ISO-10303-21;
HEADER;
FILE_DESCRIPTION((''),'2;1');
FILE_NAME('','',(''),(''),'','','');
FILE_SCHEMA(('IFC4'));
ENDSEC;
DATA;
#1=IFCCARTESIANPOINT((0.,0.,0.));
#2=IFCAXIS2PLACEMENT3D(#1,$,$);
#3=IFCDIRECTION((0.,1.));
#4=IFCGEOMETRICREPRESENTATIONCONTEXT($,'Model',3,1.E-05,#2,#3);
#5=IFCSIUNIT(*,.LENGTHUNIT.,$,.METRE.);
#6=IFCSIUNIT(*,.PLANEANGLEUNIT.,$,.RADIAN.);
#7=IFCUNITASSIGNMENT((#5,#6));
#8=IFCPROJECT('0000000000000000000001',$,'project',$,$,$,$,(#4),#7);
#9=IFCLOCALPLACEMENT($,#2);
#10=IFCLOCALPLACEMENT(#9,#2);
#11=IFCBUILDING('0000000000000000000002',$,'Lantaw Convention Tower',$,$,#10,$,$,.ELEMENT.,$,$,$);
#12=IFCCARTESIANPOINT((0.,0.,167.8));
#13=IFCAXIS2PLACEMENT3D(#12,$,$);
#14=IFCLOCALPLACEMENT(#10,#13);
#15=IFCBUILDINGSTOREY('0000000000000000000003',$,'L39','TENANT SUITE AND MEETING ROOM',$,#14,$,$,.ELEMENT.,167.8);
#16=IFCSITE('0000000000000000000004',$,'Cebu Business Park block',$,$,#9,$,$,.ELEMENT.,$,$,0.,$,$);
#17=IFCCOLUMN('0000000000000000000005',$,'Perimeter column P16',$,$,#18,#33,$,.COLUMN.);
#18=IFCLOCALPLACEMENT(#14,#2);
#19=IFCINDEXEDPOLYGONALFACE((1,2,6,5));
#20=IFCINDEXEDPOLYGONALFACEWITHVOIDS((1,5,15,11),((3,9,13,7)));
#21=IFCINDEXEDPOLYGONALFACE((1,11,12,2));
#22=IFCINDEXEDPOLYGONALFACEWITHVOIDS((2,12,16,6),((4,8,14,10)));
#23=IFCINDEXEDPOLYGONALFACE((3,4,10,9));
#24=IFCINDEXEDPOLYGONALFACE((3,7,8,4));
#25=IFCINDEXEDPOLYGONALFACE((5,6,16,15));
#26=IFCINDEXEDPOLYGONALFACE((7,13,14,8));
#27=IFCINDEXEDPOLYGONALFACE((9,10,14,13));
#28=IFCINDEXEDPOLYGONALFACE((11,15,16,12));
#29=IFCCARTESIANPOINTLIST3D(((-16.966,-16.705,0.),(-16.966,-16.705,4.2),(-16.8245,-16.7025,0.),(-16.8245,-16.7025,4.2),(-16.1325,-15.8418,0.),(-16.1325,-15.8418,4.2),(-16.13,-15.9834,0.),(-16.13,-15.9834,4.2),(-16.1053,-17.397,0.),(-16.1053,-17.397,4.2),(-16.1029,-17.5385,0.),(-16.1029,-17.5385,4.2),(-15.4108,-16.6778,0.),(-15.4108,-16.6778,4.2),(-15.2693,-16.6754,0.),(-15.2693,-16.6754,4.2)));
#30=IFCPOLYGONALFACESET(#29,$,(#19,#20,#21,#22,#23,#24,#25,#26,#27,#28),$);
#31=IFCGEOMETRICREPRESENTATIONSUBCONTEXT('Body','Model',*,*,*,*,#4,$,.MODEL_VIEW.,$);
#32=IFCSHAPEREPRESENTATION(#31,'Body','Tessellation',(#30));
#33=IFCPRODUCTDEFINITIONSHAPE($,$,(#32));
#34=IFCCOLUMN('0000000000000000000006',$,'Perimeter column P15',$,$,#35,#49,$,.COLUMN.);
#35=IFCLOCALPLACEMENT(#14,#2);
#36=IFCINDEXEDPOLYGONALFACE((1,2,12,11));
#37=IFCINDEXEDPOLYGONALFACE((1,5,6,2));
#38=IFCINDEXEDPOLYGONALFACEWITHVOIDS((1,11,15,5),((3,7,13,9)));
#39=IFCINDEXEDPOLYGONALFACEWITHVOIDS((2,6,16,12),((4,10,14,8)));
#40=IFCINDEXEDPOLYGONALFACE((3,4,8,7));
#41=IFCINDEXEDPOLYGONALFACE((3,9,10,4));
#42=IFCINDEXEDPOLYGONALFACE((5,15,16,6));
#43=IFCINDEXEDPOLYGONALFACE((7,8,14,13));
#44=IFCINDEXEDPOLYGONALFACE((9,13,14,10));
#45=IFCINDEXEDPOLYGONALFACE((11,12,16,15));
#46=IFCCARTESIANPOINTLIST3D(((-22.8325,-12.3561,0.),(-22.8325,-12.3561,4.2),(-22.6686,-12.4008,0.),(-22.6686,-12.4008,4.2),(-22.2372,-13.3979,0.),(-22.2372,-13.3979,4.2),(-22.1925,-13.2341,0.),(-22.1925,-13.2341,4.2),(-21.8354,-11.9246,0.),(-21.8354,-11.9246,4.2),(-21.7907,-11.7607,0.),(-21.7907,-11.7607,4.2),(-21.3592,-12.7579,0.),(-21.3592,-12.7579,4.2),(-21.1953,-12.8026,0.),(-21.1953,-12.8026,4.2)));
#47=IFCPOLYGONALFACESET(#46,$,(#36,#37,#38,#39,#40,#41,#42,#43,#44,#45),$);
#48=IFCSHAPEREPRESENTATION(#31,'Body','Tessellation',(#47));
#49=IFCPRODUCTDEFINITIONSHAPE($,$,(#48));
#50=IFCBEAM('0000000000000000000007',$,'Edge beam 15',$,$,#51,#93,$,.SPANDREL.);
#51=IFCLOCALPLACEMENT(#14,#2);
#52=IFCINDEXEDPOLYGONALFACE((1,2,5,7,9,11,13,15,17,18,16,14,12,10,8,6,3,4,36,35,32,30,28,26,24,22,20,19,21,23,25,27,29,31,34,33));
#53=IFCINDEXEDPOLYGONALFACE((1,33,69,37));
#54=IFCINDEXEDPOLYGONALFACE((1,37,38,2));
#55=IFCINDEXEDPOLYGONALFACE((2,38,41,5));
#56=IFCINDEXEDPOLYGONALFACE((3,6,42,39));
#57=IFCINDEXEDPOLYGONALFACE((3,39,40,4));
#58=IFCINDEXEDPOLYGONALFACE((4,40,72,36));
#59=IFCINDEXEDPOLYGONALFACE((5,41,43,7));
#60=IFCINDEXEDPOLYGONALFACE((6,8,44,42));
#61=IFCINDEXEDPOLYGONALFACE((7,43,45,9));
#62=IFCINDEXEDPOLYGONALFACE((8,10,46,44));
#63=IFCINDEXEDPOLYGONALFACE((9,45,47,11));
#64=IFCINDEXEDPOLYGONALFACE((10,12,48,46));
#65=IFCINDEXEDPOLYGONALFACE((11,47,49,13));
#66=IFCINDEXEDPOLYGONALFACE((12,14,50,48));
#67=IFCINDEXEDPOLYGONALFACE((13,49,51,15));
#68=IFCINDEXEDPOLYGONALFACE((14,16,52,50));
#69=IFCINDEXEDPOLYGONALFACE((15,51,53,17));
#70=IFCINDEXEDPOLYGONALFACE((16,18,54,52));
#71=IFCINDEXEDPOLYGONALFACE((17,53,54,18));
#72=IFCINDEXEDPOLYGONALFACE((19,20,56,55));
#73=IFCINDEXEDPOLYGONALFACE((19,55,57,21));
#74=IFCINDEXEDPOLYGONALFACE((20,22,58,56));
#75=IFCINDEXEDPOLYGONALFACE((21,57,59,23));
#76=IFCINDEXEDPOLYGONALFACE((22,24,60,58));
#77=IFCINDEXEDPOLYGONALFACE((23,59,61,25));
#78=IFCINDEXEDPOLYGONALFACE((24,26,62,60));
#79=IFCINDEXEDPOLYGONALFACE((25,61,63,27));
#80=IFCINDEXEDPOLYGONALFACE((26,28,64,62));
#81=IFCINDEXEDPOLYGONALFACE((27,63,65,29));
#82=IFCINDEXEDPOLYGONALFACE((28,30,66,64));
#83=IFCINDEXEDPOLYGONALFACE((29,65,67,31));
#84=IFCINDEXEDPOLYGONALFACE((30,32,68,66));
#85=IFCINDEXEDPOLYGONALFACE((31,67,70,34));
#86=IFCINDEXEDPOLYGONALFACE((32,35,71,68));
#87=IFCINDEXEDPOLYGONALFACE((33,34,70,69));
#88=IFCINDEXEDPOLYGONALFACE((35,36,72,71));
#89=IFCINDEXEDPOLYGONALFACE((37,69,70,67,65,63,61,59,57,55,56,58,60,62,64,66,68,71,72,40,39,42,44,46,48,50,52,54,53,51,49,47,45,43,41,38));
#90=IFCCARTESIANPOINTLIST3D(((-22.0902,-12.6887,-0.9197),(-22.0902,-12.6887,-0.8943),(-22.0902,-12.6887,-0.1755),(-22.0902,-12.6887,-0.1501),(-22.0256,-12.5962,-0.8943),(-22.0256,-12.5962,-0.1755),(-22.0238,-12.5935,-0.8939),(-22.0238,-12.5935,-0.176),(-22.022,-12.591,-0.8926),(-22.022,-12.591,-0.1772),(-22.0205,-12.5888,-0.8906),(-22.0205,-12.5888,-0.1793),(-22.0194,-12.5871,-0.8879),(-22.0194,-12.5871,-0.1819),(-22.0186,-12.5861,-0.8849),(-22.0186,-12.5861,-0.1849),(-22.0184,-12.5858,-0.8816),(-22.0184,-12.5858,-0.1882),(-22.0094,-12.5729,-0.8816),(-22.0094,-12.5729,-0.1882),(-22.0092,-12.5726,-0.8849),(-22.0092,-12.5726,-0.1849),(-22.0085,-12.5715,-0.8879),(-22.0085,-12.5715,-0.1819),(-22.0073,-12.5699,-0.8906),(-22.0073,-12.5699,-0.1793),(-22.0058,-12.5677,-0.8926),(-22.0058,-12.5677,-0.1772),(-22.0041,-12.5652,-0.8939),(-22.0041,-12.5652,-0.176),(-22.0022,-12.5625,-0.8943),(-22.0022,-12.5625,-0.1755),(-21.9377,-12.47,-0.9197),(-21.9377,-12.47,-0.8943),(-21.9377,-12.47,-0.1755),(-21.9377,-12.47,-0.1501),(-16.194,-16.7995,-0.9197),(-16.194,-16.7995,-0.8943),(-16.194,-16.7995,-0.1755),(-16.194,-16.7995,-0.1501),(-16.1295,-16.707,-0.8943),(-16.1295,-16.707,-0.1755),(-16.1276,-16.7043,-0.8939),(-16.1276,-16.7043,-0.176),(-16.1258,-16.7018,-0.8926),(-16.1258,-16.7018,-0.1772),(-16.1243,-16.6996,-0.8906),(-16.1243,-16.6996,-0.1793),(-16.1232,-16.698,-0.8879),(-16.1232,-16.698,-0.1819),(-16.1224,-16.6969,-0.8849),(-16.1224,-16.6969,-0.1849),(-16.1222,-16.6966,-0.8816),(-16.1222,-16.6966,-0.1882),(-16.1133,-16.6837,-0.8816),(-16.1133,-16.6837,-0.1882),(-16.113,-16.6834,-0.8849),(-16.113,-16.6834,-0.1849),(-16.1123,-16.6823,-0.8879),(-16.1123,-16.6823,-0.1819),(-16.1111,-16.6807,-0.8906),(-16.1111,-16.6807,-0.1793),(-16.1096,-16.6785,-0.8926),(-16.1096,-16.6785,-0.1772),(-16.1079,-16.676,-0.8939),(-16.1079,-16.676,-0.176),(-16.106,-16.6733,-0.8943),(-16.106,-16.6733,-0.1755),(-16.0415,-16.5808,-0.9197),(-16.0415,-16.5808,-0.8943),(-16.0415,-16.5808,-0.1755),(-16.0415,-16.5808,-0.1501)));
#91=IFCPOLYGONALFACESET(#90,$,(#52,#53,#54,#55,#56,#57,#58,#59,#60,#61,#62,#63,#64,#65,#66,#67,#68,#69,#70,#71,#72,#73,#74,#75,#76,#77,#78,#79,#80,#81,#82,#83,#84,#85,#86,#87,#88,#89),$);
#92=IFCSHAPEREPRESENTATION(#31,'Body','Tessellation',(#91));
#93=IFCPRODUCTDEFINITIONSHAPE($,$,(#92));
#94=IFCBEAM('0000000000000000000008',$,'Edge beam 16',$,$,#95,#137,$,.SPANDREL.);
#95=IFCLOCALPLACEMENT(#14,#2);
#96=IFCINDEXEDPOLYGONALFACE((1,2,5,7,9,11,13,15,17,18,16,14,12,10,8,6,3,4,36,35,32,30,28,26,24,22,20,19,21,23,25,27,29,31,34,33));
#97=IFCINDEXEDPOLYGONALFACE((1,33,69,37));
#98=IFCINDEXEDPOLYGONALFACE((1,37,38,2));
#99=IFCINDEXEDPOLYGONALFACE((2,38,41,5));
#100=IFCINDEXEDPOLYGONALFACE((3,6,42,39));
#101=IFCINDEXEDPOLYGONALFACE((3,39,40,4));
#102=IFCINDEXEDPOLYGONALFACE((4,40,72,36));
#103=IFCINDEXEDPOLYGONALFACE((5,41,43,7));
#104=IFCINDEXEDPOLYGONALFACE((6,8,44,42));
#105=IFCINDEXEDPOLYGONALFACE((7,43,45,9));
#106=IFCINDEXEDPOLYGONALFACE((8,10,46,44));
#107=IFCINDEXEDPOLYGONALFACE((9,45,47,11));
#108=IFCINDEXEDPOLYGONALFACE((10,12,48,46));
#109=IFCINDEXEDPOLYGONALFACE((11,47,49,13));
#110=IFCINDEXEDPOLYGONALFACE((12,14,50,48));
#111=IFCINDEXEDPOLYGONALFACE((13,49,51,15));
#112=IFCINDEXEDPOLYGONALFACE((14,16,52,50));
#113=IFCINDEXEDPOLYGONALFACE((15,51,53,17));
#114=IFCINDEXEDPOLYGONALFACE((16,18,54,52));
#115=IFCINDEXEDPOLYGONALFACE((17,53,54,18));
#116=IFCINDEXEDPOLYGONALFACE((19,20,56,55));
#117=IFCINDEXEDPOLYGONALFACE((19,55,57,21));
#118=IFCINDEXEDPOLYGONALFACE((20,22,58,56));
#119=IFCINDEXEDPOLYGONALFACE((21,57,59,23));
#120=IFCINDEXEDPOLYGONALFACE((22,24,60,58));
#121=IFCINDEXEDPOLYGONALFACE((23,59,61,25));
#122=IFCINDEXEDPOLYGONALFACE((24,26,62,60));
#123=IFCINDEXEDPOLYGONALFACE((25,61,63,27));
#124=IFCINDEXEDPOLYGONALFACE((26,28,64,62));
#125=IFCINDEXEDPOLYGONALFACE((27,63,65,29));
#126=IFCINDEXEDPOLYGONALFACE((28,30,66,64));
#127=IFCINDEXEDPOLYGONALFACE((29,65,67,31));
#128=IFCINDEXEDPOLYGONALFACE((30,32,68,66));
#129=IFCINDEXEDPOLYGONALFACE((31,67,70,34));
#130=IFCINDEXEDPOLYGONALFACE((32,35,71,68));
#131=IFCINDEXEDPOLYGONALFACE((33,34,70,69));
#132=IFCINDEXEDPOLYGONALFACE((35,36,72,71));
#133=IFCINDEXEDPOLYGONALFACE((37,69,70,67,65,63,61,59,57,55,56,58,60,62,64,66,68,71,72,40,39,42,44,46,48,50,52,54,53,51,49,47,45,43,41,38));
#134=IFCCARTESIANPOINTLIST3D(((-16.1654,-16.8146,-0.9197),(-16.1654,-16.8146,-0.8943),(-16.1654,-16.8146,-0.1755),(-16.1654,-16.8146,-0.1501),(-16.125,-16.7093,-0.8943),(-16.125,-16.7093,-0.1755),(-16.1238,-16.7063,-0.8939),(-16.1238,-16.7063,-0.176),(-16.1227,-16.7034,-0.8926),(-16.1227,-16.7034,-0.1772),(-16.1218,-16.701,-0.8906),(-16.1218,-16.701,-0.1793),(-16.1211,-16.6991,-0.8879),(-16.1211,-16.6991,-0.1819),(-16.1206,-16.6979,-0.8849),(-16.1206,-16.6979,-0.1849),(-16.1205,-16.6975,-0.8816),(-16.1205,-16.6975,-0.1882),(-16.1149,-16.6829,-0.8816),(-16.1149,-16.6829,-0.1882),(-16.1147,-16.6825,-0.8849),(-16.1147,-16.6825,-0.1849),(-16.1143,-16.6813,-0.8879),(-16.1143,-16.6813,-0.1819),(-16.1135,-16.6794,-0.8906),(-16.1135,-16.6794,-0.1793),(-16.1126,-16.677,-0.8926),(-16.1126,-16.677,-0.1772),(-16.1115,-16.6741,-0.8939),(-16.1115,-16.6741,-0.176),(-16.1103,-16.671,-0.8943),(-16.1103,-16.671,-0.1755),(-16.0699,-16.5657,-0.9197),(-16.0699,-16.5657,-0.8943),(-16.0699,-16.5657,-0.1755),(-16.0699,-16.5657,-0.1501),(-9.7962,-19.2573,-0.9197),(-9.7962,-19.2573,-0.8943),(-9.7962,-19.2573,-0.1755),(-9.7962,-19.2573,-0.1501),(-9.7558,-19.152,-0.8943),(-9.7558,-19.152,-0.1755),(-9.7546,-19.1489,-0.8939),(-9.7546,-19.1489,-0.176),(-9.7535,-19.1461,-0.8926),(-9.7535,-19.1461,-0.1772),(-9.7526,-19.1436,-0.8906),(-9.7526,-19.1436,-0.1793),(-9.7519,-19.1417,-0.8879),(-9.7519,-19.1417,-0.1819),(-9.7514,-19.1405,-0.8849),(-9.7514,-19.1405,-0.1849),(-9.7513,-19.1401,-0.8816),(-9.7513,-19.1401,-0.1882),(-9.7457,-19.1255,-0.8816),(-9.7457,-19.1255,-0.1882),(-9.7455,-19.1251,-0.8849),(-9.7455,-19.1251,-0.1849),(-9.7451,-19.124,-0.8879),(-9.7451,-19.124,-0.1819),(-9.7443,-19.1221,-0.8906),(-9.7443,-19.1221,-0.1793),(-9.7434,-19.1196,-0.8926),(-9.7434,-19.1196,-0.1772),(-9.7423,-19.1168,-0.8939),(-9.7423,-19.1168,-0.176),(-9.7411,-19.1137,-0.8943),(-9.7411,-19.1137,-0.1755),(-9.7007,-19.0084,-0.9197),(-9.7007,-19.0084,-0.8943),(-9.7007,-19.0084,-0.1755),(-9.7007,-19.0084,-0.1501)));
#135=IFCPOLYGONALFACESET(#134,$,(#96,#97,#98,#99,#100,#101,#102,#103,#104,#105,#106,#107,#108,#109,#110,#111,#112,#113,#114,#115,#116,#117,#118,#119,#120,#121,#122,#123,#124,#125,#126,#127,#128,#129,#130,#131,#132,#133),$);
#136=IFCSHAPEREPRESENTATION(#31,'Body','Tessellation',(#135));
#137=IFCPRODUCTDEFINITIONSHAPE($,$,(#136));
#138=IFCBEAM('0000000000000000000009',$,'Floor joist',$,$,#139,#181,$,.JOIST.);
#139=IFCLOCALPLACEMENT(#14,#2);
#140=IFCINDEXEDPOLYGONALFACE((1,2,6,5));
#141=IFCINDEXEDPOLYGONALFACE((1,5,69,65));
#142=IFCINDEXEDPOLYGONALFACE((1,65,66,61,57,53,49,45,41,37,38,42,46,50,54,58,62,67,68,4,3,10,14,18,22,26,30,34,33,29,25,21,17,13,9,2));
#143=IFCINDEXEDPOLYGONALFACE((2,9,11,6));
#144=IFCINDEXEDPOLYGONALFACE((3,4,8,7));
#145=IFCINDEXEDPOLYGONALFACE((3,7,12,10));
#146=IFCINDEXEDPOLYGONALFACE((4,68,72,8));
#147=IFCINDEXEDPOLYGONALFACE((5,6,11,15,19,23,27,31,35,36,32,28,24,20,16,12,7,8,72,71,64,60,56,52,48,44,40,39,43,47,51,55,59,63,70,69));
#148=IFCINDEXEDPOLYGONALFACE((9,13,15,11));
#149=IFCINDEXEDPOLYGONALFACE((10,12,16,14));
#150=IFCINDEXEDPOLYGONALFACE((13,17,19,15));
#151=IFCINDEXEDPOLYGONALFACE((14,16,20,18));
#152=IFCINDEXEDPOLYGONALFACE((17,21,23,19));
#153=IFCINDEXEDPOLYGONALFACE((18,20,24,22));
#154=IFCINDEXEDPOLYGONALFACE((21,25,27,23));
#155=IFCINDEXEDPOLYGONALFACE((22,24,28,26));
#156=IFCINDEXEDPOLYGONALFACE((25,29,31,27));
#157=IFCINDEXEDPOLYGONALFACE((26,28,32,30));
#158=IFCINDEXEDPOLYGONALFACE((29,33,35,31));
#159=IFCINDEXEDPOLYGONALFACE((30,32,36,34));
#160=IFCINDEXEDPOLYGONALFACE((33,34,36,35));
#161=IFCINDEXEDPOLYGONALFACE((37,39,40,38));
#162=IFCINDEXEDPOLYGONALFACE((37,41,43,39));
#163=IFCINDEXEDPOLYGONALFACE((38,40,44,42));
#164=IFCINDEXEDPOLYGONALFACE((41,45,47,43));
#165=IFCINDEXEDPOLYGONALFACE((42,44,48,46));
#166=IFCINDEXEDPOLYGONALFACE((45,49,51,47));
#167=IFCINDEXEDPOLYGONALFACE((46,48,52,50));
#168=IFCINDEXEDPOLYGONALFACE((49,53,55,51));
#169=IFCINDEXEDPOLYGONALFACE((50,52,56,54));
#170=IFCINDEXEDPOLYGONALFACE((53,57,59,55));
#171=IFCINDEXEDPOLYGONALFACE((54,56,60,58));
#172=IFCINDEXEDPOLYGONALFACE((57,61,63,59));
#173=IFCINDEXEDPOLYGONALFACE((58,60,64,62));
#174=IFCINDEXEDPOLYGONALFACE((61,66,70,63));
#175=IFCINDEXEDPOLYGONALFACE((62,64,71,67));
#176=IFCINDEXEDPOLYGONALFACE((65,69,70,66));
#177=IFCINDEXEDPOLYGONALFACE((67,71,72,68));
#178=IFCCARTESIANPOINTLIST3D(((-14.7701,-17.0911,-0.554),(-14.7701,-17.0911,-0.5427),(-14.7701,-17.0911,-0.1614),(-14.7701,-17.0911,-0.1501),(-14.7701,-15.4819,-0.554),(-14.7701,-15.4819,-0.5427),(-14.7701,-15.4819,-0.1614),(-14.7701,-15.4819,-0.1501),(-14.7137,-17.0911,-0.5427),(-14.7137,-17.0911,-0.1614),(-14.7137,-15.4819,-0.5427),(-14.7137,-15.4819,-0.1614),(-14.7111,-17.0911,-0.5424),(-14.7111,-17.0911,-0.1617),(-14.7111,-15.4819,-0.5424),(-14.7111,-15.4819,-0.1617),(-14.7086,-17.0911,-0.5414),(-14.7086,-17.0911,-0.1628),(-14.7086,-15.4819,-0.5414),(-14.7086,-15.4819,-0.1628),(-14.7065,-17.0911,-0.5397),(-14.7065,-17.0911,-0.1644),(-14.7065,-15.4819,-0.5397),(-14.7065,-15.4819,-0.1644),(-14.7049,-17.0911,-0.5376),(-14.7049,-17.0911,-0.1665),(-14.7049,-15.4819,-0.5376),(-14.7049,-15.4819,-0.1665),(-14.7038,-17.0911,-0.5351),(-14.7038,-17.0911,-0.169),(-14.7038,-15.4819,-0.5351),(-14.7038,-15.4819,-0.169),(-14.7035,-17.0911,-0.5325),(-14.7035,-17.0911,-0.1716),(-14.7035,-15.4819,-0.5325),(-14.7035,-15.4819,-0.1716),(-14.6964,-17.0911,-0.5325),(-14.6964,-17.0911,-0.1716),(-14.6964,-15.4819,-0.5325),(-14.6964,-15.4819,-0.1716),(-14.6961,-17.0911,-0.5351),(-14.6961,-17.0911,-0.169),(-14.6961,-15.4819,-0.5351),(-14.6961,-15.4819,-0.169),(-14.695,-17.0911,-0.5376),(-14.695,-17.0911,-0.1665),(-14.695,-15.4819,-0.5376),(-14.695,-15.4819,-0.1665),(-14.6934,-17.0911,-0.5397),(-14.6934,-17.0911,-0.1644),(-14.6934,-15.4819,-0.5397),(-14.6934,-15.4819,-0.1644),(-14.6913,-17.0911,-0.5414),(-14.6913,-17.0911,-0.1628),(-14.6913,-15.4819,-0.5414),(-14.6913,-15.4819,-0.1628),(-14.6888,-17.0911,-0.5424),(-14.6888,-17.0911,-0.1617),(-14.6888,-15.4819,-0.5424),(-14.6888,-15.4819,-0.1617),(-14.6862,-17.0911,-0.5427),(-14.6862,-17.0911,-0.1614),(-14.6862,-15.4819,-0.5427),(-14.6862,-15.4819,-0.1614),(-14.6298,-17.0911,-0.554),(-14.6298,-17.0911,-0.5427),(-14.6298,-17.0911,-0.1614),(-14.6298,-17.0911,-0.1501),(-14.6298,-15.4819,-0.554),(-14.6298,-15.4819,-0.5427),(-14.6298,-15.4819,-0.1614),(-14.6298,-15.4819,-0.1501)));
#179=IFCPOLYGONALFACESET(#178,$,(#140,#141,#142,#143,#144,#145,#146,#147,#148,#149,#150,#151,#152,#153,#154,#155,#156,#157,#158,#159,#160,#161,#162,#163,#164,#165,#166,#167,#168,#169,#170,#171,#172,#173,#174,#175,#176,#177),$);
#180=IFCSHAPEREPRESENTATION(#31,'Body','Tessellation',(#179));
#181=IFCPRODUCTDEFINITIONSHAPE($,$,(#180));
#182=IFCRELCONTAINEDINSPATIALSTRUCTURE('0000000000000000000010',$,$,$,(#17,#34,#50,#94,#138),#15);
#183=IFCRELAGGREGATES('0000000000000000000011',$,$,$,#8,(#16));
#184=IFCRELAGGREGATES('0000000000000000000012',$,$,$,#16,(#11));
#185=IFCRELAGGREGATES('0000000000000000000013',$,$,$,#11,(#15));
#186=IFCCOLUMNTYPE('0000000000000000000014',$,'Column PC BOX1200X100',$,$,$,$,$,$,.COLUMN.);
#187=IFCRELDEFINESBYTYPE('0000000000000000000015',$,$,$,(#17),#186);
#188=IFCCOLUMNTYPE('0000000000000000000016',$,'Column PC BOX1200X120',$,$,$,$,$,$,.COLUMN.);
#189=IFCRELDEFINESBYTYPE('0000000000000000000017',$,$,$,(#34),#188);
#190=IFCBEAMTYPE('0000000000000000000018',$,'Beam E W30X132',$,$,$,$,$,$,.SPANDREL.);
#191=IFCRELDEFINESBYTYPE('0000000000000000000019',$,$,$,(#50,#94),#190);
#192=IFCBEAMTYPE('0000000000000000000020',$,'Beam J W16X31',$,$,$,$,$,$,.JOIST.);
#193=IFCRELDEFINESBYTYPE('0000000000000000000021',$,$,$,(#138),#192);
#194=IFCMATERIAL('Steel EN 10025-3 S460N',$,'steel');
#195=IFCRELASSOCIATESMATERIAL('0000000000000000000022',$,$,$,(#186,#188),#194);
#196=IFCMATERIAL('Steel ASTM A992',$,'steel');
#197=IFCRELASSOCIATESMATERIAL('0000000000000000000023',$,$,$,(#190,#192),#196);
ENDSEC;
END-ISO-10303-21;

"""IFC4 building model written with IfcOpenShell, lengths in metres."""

from ifc_helpers import new_model, si_unit, direction, frame, origin, origin_2d, place, context, subcontext, project, spatial, rectangle, hollow_rectangle, i_section, extrude, material, material_profile, profile_set, type_object, element, save


model = new_model("IFC4")

# Units and contexts
model_context = context("Model", 3, precision=1e-05, world=origin(), true_north=direction((0.0, 1.0)))
body_context = subcontext(model_context, "Body", "Model", "MODEL_VIEW")
ifc_project = project(units=[si_unit("LENGTHUNIT", "METRE"), si_unit("PLANEANGLEUNIT", "RADIAN")], contexts=[model_context])

# Site, building, storey
site_placement = place(None, origin())
site = spatial("IfcSite", under=ifc_project, at=site_placement, Name="Cebu Business Park block", CompositionType="ELEMENT", RefElevation=0.0)
building_placement = place(site_placement, origin())
building = spatial("IfcBuilding", under=site, at=building_placement, Name="Lantaw Convention Tower", CompositionType="ELEMENT")
storey_placement = place(building_placement, frame((0.0, 0.0, 167.8)))
storey = spatial("IfcBuildingStorey", under=building, at=storey_placement, Name="L39", Description="TENANT SUITE AND MEETING ROOM", CompositionType="ELEMENT", Elevation=167.8)

# Columns
ifc_material_1 = material(Name="Steel EN 10025-3 S460N", Category="steel")
ifc_material_profile_1 = material_profile(ifc_material_1, hollow_rectangle(XDim=1.2, YDim=1.2, WallThickness=0.1001, at=origin_2d()), Name="BOX1200X100")
ifc_material_2 = material(Name="Concrete C60/75", Category="concrete")
ifc_material_profile_2 = material_profile(ifc_material_2, rectangle(XDim=1.0, YDim=1.0, at=origin_2d()), Name="Concrete fill of BOX1200X100")
ifc_profile_set_1 = profile_set([ifc_material_profile_1, ifc_material_profile_2], Name="Steel EN 10025-3 S460N")
column_type_1 = type_object("IfcColumnType", Name="Column PC BOX1200X100", PredefinedType="COLUMN", material=ifc_profile_set_1)
column_1_placement = place(storey_placement, frame((-16.1177, -16.6902, 0.0), z_axis=(0.0, 0.0, 1.0), x_axis=(0.694658, 0.71934, 0.0)))
element("IfcColumn", 1, at=column_1_placement, inside=storey, type_object=column_type_1, Name="Perimeter column P16", PredefinedType="COLUMN", context=body_context, shape_type="SweptSolid", body=[
    extrude(hollow_rectangle(XDim=1.2, YDim=1.2, WallThickness=0.1001, at=origin_2d()), origin(), (0.0, 0.0, 1.0), 4.2),
])
ifc_material_profile_3 = material_profile(ifc_material_1, hollow_rectangle(XDim=1.2, YDim=1.2, WallThickness=0.1201, at=origin_2d()), Name="BOX1200X120")
ifc_material_profile_4 = material_profile(ifc_material_2, rectangle(XDim=0.96, YDim=0.96, at=origin_2d()), Name="Concrete fill of BOX1200X120")
ifc_profile_set_2 = profile_set([ifc_material_profile_3, ifc_material_profile_4], Name="Steel EN 10025-3 S460N")
column_type_2 = type_object("IfcColumnType", Name="Column PC BOX1200X120", PredefinedType="COLUMN", material=ifc_profile_set_2)
column_2_placement = place(storey_placement, frame((-22.0139, -12.5793, 0.0), z_axis=(0.0, 0.0, 1.0), x_axis=(0.868243, 0.496139, 0.0)))
element("IfcColumn", 2, at=column_2_placement, inside=storey, type_object=column_type_2, Name="Perimeter column P15", PredefinedType="COLUMN", context=body_context, shape_type="SweptSolid", body=[
    extrude(hollow_rectangle(XDim=1.2, YDim=1.2, WallThickness=0.1201, at=origin_2d()), origin(), (0.0, 0.0, 1.0), 4.2),
])

# Beams
ifc_material_3 = material(Name="Steel ASTM A992", Category="steel")
ifc_material_profile_5 = material_profile(ifc_material_3, i_section(OverallWidth=0.2666, OverallDepth=0.7695, WebThickness=0.0156, FlangeThickness=0.0254, FilletRadius=0.0127, at=origin_2d()), Name="W30X132")
ifc_profile_set_3 = profile_set([ifc_material_profile_5], Name="Steel ASTM A992")
beam_type_1 = type_object("IfcBeamType", Name="Beam E W30X132", PredefinedType="SPANDREL", material=ifc_profile_set_3)
beam_1_placement = place(storey_placement, frame((-22.0139, -12.5793, -0.5349), z_axis=(0.820311, -0.571918, 0.0), x_axis=(0.571918, 0.820311, 0.0)))
element("IfcBeam", 3, at=beam_1_placement, inside=storey, type_object=beam_type_1, Name="Edge beam 15", PredefinedType="SPANDREL", context=body_context, shape_type="SweptSolid", body=[
    extrude(i_section(OverallWidth=0.2666, OverallDepth=0.7695, WebThickness=0.0156, FlangeThickness=0.0254, FilletRadius=0.0127, at=origin_2d()), origin(), (0.0, 0.0, 1.0), 7.1877),
])
beam_2_placement = place(storey_placement, frame((-16.1177, -16.6902, -0.5349), z_axis=(0.933691, -0.35808, 0.0), x_axis=(0.35808, 0.933691, 0.0)))
element("IfcBeam", 4, at=beam_2_placement, inside=storey, type_object=beam_type_1, Name="Edge beam 16", PredefinedType="SPANDREL", context=body_context, shape_type="SweptSolid", body=[
    extrude(i_section(OverallWidth=0.2666, OverallDepth=0.7695, WebThickness=0.0156, FlangeThickness=0.0254, FilletRadius=0.0127, at=origin_2d()), origin(), (0.0, 0.0, 1.0), 6.8215),
])
ifc_material_profile_6 = material_profile(ifc_material_3, i_section(OverallWidth=0.1404, OverallDepth=0.4038, WebThickness=0.0071, FlangeThickness=0.0112, FilletRadius=0.0103, at=origin_2d()), Name="W16X31")
ifc_profile_set_4 = profile_set([ifc_material_profile_6], Name="Steel ASTM A992")
beam_type_2 = type_object("IfcBeamType", Name="Beam J W16X31", PredefinedType="JOIST", material=ifc_profile_set_4)
beam_3_placement = place(storey_placement, frame((-14.7, -17.0911, -0.3521), z_axis=(0.0, 1.0, 0.0), x_axis=(-1.0, 0.0, 0.0)))
element("IfcBeam", 5, at=beam_3_placement, inside=storey, type_object=beam_type_2, Name="Floor joist", PredefinedType="JOIST", context=body_context, shape_type="SweptSolid", body=[
    extrude(i_section(OverallWidth=0.1404, OverallDepth=0.4038, WebThickness=0.0071, FlangeThickness=0.0112, FilletRadius=0.0103, at=origin_2d()), origin(), (0.0, 0.0, 1.0), 1.6091),
])

save(model, "model.ifc")
